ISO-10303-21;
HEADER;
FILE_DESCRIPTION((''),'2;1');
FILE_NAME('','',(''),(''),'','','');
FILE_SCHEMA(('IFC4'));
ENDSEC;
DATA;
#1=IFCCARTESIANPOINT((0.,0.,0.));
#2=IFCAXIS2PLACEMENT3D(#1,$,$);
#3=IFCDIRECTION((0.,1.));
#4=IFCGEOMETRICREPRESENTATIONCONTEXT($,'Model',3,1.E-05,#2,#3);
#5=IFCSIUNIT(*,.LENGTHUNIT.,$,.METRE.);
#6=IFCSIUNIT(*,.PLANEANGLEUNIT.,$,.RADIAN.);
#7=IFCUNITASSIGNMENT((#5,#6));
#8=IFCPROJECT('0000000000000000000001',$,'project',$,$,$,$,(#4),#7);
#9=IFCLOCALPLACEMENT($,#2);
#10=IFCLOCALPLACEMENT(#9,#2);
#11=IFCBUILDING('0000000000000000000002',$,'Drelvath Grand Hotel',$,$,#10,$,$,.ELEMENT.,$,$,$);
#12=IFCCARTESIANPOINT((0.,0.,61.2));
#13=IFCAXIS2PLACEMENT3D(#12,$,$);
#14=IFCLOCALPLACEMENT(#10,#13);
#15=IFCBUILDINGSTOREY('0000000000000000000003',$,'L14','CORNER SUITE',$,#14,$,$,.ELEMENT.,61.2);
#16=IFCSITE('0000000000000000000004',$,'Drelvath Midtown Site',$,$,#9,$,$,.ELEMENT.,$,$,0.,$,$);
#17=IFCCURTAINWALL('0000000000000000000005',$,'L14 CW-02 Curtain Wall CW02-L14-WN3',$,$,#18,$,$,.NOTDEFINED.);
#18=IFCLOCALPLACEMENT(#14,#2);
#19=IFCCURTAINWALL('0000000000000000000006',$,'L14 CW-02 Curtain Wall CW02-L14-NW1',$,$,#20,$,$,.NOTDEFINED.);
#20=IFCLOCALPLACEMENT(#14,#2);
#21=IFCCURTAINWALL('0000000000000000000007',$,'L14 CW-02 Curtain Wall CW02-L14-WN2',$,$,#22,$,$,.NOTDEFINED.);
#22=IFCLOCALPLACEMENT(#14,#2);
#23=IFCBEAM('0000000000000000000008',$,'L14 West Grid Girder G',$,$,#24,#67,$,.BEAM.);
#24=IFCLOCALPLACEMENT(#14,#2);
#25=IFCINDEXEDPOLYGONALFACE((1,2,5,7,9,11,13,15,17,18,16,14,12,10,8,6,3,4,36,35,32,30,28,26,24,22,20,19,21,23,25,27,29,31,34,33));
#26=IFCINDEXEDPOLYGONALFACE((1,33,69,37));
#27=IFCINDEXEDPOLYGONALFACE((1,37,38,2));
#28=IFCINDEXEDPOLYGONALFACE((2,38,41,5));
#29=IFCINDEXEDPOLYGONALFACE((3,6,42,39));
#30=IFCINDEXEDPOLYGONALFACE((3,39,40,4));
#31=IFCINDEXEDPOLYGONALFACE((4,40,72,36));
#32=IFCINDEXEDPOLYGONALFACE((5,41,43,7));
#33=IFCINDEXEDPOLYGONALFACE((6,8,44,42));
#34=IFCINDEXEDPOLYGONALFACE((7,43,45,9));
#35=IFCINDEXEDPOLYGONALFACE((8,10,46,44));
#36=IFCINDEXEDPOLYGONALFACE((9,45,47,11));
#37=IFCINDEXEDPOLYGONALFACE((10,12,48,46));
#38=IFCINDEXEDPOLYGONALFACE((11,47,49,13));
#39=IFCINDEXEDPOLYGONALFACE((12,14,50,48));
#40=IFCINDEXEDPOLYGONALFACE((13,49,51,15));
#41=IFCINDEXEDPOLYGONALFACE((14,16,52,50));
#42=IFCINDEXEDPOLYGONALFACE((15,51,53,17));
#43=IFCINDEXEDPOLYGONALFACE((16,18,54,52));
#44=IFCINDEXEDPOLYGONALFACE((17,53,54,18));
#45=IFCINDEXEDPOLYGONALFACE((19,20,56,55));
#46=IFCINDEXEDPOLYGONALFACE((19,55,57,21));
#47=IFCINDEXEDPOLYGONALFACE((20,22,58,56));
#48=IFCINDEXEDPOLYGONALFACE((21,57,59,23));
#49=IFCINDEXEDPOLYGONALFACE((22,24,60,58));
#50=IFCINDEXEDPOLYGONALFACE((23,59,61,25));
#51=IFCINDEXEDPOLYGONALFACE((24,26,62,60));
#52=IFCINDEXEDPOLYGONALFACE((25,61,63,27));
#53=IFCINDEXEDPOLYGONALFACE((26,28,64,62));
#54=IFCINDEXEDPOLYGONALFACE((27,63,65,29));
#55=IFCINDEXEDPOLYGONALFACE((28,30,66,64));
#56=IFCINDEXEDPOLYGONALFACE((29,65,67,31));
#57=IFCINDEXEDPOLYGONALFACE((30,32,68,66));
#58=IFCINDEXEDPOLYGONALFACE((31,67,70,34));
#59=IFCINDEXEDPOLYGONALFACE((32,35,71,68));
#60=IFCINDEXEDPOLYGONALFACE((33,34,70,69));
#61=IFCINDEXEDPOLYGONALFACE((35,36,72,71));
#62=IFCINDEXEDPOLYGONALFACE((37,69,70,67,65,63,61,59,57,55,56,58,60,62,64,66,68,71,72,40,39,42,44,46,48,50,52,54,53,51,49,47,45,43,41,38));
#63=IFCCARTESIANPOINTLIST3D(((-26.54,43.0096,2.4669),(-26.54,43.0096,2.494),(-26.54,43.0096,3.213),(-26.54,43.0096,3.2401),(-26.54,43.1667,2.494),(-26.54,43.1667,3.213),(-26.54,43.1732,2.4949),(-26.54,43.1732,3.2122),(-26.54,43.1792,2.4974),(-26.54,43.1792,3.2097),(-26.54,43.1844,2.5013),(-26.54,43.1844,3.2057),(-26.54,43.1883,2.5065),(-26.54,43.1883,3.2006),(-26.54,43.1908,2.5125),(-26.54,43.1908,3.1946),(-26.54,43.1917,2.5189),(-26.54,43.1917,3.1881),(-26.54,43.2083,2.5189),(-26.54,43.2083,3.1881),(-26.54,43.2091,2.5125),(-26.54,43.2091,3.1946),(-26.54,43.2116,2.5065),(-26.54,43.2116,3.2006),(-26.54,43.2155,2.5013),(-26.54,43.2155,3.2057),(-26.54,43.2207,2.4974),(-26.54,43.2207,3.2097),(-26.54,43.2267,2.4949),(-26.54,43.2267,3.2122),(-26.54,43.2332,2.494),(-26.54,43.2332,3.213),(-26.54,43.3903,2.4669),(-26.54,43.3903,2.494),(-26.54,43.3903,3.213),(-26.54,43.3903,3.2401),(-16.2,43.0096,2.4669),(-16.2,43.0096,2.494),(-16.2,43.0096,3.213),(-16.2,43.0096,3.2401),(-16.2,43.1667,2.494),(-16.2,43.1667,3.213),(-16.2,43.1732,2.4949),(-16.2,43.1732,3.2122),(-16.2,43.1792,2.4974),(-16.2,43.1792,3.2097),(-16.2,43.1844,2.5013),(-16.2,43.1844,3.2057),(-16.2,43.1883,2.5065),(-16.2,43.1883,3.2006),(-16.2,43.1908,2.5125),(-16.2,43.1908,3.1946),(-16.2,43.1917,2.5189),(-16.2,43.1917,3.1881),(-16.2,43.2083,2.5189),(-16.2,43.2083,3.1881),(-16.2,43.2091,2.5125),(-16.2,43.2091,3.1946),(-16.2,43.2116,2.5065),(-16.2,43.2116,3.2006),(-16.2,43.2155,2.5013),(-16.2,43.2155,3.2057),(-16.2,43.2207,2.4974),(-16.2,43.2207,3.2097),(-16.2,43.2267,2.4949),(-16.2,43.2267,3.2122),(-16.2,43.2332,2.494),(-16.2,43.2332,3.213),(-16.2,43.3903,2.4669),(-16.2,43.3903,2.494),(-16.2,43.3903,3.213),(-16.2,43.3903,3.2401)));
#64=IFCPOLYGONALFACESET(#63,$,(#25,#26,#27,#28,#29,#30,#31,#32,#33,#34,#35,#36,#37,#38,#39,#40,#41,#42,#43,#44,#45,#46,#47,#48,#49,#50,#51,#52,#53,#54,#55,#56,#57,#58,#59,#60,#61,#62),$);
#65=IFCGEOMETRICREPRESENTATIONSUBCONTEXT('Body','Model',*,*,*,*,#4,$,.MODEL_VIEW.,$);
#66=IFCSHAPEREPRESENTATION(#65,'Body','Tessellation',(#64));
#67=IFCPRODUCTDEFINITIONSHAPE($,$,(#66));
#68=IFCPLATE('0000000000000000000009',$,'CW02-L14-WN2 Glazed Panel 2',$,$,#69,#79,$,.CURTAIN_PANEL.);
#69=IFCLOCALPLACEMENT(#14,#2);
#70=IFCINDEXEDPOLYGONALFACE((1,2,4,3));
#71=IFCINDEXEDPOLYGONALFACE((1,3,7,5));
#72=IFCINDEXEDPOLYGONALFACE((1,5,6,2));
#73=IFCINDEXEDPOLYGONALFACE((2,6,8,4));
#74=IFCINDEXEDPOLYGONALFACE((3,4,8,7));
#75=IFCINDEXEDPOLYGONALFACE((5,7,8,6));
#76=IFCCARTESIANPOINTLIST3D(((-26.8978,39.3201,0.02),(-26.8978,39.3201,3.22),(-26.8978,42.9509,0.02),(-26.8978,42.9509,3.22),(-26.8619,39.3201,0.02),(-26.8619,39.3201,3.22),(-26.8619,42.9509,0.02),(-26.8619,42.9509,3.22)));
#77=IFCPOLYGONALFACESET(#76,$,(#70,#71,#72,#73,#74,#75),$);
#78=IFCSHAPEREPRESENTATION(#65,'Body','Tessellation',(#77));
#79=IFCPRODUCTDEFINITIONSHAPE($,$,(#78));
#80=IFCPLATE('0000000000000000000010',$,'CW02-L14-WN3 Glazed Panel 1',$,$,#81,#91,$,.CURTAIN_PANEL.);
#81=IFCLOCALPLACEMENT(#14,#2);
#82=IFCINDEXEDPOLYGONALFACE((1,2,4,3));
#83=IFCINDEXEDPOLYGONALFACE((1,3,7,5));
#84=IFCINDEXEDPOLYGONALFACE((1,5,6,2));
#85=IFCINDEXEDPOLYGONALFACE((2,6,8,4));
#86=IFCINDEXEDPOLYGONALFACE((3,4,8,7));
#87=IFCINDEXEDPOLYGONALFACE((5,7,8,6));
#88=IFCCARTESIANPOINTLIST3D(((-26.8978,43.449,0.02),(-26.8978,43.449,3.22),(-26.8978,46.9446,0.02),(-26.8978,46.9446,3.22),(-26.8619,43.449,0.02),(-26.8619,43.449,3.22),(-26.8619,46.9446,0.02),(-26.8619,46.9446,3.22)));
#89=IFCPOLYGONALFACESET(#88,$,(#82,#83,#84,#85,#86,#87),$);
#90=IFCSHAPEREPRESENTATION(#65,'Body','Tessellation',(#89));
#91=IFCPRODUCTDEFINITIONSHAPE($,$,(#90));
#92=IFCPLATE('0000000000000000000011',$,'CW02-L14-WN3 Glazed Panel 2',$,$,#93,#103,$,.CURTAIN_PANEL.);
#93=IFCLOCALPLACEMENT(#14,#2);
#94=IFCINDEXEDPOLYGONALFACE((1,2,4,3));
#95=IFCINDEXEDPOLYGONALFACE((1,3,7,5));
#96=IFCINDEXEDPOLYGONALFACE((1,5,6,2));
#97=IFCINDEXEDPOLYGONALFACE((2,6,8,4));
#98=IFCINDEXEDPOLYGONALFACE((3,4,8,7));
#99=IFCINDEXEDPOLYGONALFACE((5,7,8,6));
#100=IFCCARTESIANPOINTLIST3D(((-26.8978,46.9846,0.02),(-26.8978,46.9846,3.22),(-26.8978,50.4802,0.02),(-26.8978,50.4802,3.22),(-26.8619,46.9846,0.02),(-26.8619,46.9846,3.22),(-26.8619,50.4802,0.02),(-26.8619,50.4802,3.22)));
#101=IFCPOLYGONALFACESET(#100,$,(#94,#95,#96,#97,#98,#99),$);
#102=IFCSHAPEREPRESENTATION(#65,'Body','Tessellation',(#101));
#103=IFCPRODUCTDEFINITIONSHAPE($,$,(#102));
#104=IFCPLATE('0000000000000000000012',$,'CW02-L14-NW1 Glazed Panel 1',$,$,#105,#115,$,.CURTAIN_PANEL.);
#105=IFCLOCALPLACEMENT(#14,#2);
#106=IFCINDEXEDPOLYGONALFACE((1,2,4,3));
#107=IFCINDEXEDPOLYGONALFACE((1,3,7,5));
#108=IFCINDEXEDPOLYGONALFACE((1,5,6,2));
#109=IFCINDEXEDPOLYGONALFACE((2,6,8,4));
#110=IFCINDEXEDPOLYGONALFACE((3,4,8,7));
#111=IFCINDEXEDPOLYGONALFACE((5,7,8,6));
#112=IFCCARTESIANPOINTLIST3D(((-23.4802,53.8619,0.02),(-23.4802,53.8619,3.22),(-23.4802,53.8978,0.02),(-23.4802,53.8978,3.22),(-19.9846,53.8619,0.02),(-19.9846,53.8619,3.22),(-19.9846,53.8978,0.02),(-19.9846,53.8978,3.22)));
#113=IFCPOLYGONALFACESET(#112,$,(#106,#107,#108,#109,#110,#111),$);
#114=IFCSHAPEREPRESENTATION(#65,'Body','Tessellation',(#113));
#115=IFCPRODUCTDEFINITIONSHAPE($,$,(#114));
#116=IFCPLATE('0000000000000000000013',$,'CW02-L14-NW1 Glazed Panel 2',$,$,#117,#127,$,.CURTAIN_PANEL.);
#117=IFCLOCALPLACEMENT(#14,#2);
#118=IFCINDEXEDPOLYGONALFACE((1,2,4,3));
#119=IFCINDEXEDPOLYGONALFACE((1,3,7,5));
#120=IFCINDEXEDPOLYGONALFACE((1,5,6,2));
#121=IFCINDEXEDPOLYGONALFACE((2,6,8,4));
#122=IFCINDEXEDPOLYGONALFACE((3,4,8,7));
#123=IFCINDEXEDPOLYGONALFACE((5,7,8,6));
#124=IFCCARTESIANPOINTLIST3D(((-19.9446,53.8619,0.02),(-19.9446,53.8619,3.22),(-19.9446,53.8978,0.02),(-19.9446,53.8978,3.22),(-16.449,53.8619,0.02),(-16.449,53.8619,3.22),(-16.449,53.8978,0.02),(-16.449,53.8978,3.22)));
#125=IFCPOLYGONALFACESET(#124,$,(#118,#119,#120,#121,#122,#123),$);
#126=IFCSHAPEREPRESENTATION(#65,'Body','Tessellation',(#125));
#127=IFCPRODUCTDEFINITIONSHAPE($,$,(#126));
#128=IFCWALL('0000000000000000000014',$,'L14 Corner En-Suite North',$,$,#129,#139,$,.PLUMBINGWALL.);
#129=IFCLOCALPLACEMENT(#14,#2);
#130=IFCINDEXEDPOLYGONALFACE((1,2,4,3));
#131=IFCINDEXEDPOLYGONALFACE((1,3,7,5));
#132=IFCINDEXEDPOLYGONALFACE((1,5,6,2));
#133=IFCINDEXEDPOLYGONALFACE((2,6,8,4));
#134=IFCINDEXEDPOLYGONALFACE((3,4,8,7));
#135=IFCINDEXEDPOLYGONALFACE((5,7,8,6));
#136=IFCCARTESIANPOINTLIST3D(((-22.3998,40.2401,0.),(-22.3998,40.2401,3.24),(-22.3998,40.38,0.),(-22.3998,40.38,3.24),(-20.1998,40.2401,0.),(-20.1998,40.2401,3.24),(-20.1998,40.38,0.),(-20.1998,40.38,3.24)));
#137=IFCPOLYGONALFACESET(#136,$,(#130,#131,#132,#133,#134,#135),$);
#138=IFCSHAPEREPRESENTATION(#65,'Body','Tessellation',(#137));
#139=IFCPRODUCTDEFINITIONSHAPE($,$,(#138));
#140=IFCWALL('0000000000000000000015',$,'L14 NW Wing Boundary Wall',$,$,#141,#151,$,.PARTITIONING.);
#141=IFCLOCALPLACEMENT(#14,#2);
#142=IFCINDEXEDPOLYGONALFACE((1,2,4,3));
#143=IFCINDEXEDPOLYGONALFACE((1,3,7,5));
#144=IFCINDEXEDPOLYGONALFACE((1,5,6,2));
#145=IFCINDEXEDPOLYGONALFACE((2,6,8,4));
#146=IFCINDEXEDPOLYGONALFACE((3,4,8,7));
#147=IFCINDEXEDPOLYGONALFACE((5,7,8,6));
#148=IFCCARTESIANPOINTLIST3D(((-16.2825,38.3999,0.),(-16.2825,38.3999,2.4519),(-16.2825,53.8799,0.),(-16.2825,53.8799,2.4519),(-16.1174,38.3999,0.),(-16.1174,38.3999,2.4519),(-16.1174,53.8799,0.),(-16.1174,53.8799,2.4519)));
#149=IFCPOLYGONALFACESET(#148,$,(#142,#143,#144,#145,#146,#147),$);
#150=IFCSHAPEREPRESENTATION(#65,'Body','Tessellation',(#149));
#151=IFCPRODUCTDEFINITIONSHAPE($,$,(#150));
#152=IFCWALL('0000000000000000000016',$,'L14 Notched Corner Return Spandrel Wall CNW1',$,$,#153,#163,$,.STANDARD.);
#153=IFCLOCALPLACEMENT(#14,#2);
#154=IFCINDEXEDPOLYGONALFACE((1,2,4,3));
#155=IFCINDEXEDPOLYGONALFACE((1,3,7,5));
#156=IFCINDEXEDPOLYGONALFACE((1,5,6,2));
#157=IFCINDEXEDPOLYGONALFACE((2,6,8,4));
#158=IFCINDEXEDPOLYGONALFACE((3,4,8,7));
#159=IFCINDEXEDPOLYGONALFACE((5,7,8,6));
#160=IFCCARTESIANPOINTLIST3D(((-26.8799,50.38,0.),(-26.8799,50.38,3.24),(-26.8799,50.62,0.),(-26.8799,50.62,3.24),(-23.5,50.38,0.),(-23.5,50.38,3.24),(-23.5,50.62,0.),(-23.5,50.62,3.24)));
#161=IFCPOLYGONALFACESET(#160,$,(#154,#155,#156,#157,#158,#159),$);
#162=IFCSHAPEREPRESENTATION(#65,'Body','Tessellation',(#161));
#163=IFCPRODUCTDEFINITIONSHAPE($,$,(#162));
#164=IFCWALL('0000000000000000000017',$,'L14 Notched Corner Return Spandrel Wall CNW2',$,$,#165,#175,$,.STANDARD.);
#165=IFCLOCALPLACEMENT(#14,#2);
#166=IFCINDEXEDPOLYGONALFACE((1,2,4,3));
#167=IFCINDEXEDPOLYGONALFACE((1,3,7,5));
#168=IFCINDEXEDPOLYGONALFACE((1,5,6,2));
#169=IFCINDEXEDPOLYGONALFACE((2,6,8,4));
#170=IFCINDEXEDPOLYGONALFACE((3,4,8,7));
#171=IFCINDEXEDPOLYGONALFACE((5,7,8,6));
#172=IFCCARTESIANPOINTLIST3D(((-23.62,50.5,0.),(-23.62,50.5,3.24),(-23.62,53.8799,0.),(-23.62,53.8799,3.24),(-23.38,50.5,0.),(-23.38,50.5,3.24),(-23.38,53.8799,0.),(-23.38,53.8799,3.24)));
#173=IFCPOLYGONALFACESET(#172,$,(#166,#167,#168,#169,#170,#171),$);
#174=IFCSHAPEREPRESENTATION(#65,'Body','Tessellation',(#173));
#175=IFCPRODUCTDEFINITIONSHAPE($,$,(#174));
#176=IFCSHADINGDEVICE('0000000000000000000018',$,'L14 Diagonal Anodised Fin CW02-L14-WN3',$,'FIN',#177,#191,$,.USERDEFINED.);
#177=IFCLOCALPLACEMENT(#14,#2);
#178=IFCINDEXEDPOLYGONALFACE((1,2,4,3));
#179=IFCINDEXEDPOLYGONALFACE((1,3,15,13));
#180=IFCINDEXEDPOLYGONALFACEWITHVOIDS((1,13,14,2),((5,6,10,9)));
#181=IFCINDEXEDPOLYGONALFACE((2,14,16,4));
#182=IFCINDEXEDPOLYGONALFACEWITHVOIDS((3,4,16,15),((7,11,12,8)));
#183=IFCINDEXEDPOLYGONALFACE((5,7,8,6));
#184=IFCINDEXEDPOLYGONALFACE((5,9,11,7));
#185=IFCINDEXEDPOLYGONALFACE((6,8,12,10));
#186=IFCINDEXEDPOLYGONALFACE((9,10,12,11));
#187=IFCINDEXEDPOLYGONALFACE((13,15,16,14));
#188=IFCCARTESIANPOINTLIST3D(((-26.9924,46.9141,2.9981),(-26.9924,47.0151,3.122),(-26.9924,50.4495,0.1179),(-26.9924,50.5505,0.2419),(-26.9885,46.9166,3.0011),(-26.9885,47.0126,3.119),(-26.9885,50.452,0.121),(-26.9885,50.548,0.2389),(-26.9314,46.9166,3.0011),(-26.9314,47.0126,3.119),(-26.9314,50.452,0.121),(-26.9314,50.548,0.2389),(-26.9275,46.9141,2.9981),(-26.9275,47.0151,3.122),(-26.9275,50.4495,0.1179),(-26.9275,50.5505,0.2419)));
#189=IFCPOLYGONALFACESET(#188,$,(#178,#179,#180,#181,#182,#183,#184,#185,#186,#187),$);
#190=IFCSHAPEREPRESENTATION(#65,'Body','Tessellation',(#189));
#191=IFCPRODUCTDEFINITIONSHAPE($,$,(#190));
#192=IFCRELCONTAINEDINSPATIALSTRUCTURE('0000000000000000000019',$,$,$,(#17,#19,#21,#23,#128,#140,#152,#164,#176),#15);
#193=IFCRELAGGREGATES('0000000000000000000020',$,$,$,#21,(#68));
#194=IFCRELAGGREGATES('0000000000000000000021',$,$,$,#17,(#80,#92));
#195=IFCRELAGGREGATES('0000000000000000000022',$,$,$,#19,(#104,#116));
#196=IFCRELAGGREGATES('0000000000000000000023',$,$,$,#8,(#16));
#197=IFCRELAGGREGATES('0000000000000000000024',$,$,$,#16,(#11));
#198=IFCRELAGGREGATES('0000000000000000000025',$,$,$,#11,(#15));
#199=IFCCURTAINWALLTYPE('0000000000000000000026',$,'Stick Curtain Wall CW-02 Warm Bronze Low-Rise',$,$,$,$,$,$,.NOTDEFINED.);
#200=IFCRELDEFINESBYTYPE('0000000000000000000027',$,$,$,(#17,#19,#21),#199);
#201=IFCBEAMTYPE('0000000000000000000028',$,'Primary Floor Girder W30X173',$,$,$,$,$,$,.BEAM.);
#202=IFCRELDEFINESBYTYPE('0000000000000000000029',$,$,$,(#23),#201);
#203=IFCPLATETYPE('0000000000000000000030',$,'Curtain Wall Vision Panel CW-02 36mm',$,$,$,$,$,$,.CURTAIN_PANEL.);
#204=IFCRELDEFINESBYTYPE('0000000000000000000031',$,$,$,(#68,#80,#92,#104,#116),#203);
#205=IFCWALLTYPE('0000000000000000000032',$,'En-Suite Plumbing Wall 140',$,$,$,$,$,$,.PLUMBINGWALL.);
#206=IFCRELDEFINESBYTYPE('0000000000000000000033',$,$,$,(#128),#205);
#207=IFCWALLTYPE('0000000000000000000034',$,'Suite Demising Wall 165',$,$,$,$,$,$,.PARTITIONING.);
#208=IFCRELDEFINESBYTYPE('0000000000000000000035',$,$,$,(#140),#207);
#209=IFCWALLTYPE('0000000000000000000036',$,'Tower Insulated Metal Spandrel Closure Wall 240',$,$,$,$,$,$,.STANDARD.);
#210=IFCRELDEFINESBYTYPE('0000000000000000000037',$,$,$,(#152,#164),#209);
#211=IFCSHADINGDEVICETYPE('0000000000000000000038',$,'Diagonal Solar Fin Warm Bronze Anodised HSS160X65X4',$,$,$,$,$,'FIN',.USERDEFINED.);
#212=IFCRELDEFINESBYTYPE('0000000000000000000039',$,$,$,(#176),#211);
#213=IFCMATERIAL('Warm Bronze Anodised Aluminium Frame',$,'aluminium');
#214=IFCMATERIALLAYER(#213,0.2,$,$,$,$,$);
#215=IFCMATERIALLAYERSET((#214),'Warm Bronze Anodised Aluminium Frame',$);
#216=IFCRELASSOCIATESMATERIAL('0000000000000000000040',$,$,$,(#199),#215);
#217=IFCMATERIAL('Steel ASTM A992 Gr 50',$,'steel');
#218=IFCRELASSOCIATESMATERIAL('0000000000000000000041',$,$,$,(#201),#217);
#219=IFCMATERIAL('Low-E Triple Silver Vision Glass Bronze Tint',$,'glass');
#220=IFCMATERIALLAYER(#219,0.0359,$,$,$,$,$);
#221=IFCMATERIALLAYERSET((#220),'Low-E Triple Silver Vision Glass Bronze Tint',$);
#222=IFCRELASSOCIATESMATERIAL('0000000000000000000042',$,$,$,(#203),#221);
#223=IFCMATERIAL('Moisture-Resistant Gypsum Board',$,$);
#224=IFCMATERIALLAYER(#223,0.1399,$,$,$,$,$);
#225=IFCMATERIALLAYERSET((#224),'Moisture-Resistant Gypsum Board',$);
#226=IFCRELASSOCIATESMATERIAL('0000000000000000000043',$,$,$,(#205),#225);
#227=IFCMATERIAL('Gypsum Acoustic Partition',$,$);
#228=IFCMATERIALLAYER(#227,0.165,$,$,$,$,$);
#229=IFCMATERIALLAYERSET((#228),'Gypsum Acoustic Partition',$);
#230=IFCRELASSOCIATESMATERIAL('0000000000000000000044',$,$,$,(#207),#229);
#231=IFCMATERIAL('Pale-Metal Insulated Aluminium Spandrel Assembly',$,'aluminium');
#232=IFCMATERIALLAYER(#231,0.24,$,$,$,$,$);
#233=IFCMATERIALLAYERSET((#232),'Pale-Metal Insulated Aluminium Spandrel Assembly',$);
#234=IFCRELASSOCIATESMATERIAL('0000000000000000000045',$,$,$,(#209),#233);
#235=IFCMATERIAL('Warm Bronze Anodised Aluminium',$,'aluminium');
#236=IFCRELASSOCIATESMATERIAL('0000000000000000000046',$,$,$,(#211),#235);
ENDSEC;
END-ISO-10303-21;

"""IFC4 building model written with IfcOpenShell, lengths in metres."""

from ifc_helpers import new_model, si_unit, direction, frame, frame_2d, origin, origin_2d, place, context, subcontext, project, spatial, rectangle, hollow_rectangle, i_section, extrude, material, layer, layer_set, material_profile, profile_set, type_object, element, aggregate, save


model = new_model("IFC4")

# Units and contexts
model_context = context("Model", 3, precision=1e-05, world=origin(), true_north=direction((0.0, 1.0)))
body_context = subcontext(model_context, "Body", "Model", "MODEL_VIEW")
ifc_project = project(units=[si_unit("LENGTHUNIT", "METRE"), si_unit("PLANEANGLEUNIT", "RADIAN")], contexts=[model_context])

# Site, building, storey
site_placement = place(None, origin())
site = spatial("IfcSite", under=ifc_project, at=site_placement, Name="Drelvath Midtown Site", CompositionType="ELEMENT", RefElevation=0.0)
building_placement = place(site_placement, origin())
building = spatial("IfcBuilding", under=site, at=building_placement, Name="Drelvath Grand Hotel", CompositionType="ELEMENT")
storey_placement = place(building_placement, frame((0.0, 0.0, 61.2)))
storey = spatial("IfcBuildingStorey", under=building, at=storey_placement, Name="L14", Description="CORNER SUITE", CompositionType="ELEMENT", Elevation=61.2)

# Shared definitions
ifc_material_1 = material(Name="Steel ASTM A992 Gr 50", Category="steel")

# Curtain walls
ifc_material_2 = material(Name="Warm Bronze Anodised Aluminium Frame", Category="aluminium")
ifc_layer_1 = layer(ifc_material_2, 0.2)
ifc_layer_set_1 = layer_set([ifc_layer_1], Name="Warm Bronze Anodised Aluminium Frame")
curtain_wall_type = type_object("IfcCurtainWallType", Name="Stick Curtain Wall CW-02 Warm Bronze Low-Rise", PredefinedType="NOTDEFINED", material=ifc_layer_set_1)
curtain_wall_1_placement = place(storey_placement, origin())
curtain_wall_1 = element("IfcCurtainWall", 1, at=curtain_wall_1_placement, inside=storey, type_object=curtain_wall_type, Name="L14 CW-02 Curtain Wall CW02-L14-WN3", PredefinedType="NOTDEFINED")
curtain_wall_2_placement = place(storey_placement, origin())
curtain_wall_2 = element("IfcCurtainWall", 2, at=curtain_wall_2_placement, inside=storey, type_object=curtain_wall_type, Name="L14 CW-02 Curtain Wall CW02-L14-NW1", PredefinedType="NOTDEFINED")

# Curtain wall
curtain_wall_3_placement = place(storey_placement, origin())
curtain_wall_3 = element("IfcCurtainWall", 3, at=curtain_wall_3_placement, inside=storey, type_object=curtain_wall_type, Name="L14 CW-02 Curtain Wall CW02-L14-WN2", PredefinedType="NOTDEFINED")

# Beam
ifc_material_profile_1 = material_profile(ifc_material_1, i_section(OverallWidth=0.3806, OverallDepth=0.7732, WebThickness=0.0166, FlangeThickness=0.0271, FilletRadius=0.0249, at=origin_2d()), Name="W30X173")
ifc_profile_set_1 = profile_set([ifc_material_profile_1], Name="Steel ASTM A992 Gr 50")
beam_type_1 = type_object("IfcBeamType", Name="Primary Floor Girder W30X173", PredefinedType="BEAM", material=ifc_profile_set_1)
beam_1_placement = place(storey_placement, frame((-26.54, 43.2, 2.8535), z_axis=(1.0, 0.0, 0.0), x_axis=(0.0, 1.0, 0.0)))
element("IfcBeam", 4, at=beam_1_placement, inside=storey, type_object=beam_type_1, Name="L14 West Grid Girder G", PredefinedType="BEAM", context=body_context, shape_type="SweptSolid", body=[
    extrude(i_section(OverallWidth=0.3806, OverallDepth=0.7732, WebThickness=0.0166, FlangeThickness=0.0271, FilletRadius=0.0249, at=origin_2d()), origin(), (0.0, 0.0, 1.0), 10.3401),
])

# Plates
ifc_material_3 = material(Name="Low-E Triple Silver Vision Glass Bronze Tint", Category="glass")
ifc_layer_2 = layer(ifc_material_3, 0.0359)
ifc_layer_set_2 = layer_set([ifc_layer_2], Name="Low-E Triple Silver Vision Glass Bronze Tint")
plate_type = type_object("IfcPlateType", Name="Curtain Wall Vision Panel CW-02 36mm", PredefinedType="CURTAIN_PANEL", material=ifc_layer_set_2)
plate_1_placement = place(storey_placement, frame((-26.8799, 41.1355, 0.02), z_axis=(0.0, 0.0, 1.0), x_axis=(0.0, 1.0, 0.0)))
plate_1 = element("IfcPlate", 5, at=plate_1_placement, type_object=plate_type, Name="CW02-L14-WN2 Glazed Panel 2", PredefinedType="CURTAIN_PANEL", context=body_context, shape_type="SweptSolid", body=[
    extrude(rectangle(XDim=3.6309, YDim=0.0359, at=origin_2d()), origin(), (0.0, 0.0, 1.0), 3.2),
])
aggregate(curtain_wall_3, [plate_1])
plate_2_placement = place(storey_placement, frame((-26.8799, 45.1968, 0.02), z_axis=(0.0, 0.0, 1.0), x_axis=(0.0, 1.0, 0.0)))
plate_2 = element("IfcPlate", 6, at=plate_2_placement, type_object=plate_type, Name="CW02-L14-WN3 Glazed Panel 1", PredefinedType="CURTAIN_PANEL", context=body_context, shape_type="SweptSolid", body=[
    extrude(rectangle(XDim=3.4956, YDim=0.0359, at=origin_2d()), origin(), (0.0, 0.0, 1.0), 3.2),
])
plate_3_placement = place(storey_placement, frame((-26.8799, 48.7324, 0.02), z_axis=(0.0, 0.0, 1.0), x_axis=(0.0, 1.0, 0.0)))
plate_3 = element("IfcPlate", 7, at=plate_3_placement, type_object=plate_type, Name="CW02-L14-WN3 Glazed Panel 2", PredefinedType="CURTAIN_PANEL", context=body_context, shape_type="SweptSolid", body=[
    extrude(rectangle(XDim=3.4956, YDim=0.0359, at=origin_2d()), origin(), (0.0, 0.0, 1.0), 3.2),
])
aggregate(curtain_wall_1, [plate_2, plate_3])
plate_4_placement = place(storey_placement, frame((-21.7324, 53.8799, 0.02), z_axis=(0.0, 0.0, 1.0), x_axis=(1.0, 0.0, 0.0)))
plate_4 = element("IfcPlate", 8, at=plate_4_placement, type_object=plate_type, Name="CW02-L14-NW1 Glazed Panel 1", PredefinedType="CURTAIN_PANEL", context=body_context, shape_type="SweptSolid", body=[
    extrude(rectangle(XDim=3.4956, YDim=0.0359, at=origin_2d()), origin(), (0.0, 0.0, 1.0), 3.2),
])
plate_5_placement = place(storey_placement, frame((-18.1968, 53.8799, 0.02), z_axis=(0.0, 0.0, 1.0), x_axis=(1.0, 0.0, 0.0)))
plate_5 = element("IfcPlate", 9, at=plate_5_placement, type_object=plate_type, Name="CW02-L14-NW1 Glazed Panel 2", PredefinedType="CURTAIN_PANEL", context=body_context, shape_type="SweptSolid", body=[
    extrude(rectangle(XDim=3.4956, YDim=0.0359, at=origin_2d()), origin(), (0.0, 0.0, 1.0), 3.2),
])
aggregate(curtain_wall_2, [plate_4, plate_5])

# Walls
ifc_material_4 = material(Name="Moisture-Resistant Gypsum Board")
ifc_layer_3 = layer(ifc_material_4, 0.1399)
ifc_layer_set_3 = layer_set([ifc_layer_3], Name="Moisture-Resistant Gypsum Board")
wall_type_1 = type_object("IfcWallType", Name="En-Suite Plumbing Wall 140", PredefinedType="PLUMBINGWALL", material=ifc_layer_set_3)
wall_1_placement = place(storey_placement, frame((-22.3999, 40.3101, 0.0), z_axis=(0.0, 0.0, 1.0), x_axis=(1.0, 0.0, 0.0)))
element("IfcWall", 10, at=wall_1_placement, inside=storey, type_object=wall_type_1, Name="L14 Corner En-Suite North", PredefinedType="PLUMBINGWALL", context=body_context, shape_type="SweptSolid", body=[
    extrude(rectangle(XDim=2.2, YDim=0.1399, at=frame_2d((1.1001, 0.0))), origin(), (0.0, 0.0, 1.0), 3.24),
])
ifc_material_5 = material(Name="Gypsum Acoustic Partition")
ifc_layer_4 = layer(ifc_material_5, 0.165)
ifc_layer_set_4 = layer_set([ifc_layer_4], Name="Gypsum Acoustic Partition")
wall_type_2 = type_object("IfcWallType", Name="Suite Demising Wall 165", PredefinedType="PARTITIONING", material=ifc_layer_set_4)
wall_2_placement = place(storey_placement, frame((-16.2, 38.3999, 0.0), z_axis=(0.0, 0.0, 1.0), x_axis=(0.0, 1.0, 0.0)))
element("IfcWall", 11, at=wall_2_placement, inside=storey, type_object=wall_type_2, Name="L14 NW Wing Boundary Wall", PredefinedType="PARTITIONING", context=body_context, shape_type="SweptSolid", body=[
    extrude(rectangle(XDim=15.48, YDim=0.165, at=frame_2d((7.74, 0.0))), origin(), (0.0, 0.0, 1.0), 2.4519),
])
ifc_material_6 = material(Name="Pale-Metal Insulated Aluminium Spandrel Assembly", Category="aluminium")
ifc_layer_5 = layer(ifc_material_6, 0.24)
ifc_layer_set_5 = layer_set([ifc_layer_5], Name="Pale-Metal Insulated Aluminium Spandrel Assembly")
wall_type_3 = type_object("IfcWallType", Name="Tower Insulated Metal Spandrel Closure Wall 240", PredefinedType="STANDARD", material=ifc_layer_set_5)
for number, where, z_axis, x_axis, name in (
    (12, (-26.8799, 50.5, 0.0), (0.0, 0.0, 1.0), (1.0, 0.0, 0.0), "L14 Notched Corner Return Spandrel Wall CNW1"),
    (13, (-23.5, 50.5, 0.0), (0.0, 0.0, 1.0), (0.0, 1.0, 0.0), "L14 Notched Corner Return Spandrel Wall CNW2"),
):
    element("IfcWall", number, at=place(storey_placement, frame(where, z_axis=z_axis, x_axis=x_axis)), inside=storey, type_object=wall_type_3, Name=name, PredefinedType="STANDARD", context=body_context, shape_type="SweptSolid", body=[
        extrude(rectangle(XDim=3.3799, YDim=0.24, at=frame_2d((1.6899, 0.0))), origin(), (0.0, 0.0, 1.0), 3.24),
    ])

# Shading device
ifc_material_7 = material(Name="Warm Bronze Anodised Aluminium", Category="aluminium")
ifc_material_profile_2 = material_profile(ifc_material_7, hollow_rectangle(XDim=0.0649, YDim=0.1599, WallThickness=0.0039, at=origin_2d()), Name="HSS160X65X4")
ifc_profile_set_2 = profile_set([ifc_material_profile_2], Name="Warm Bronze Anodised Aluminium")
shading_device_type = type_object("IfcShadingDeviceType", Name="Diagonal Solar Fin Warm Bronze Anodised HSS160X65X4", ElementType="FIN", PredefinedType="USERDEFINED", material=ifc_profile_set_2)
shading_device_placement = place(storey_placement, frame((-26.96, 50.5, 0.1799), z_axis=(0.0, -0.775296, 0.631598), x_axis=(1.0, 0.0, 0.0)))
element("IfcShadingDevice", 14, at=shading_device_placement, inside=storey, type_object=shading_device_type, Name="L14 Diagonal Anodised Fin CW02-L14-WN3", ObjectType="FIN", PredefinedType="USERDEFINED", context=body_context, shape_type="SweptSolid", body=[
    extrude(hollow_rectangle(XDim=0.0649, YDim=0.1599, WallThickness=0.0039, at=origin_2d()), origin(), (0.0, 0.0, 1.0), 4.5601),
])

save(model, "model.ifc")
